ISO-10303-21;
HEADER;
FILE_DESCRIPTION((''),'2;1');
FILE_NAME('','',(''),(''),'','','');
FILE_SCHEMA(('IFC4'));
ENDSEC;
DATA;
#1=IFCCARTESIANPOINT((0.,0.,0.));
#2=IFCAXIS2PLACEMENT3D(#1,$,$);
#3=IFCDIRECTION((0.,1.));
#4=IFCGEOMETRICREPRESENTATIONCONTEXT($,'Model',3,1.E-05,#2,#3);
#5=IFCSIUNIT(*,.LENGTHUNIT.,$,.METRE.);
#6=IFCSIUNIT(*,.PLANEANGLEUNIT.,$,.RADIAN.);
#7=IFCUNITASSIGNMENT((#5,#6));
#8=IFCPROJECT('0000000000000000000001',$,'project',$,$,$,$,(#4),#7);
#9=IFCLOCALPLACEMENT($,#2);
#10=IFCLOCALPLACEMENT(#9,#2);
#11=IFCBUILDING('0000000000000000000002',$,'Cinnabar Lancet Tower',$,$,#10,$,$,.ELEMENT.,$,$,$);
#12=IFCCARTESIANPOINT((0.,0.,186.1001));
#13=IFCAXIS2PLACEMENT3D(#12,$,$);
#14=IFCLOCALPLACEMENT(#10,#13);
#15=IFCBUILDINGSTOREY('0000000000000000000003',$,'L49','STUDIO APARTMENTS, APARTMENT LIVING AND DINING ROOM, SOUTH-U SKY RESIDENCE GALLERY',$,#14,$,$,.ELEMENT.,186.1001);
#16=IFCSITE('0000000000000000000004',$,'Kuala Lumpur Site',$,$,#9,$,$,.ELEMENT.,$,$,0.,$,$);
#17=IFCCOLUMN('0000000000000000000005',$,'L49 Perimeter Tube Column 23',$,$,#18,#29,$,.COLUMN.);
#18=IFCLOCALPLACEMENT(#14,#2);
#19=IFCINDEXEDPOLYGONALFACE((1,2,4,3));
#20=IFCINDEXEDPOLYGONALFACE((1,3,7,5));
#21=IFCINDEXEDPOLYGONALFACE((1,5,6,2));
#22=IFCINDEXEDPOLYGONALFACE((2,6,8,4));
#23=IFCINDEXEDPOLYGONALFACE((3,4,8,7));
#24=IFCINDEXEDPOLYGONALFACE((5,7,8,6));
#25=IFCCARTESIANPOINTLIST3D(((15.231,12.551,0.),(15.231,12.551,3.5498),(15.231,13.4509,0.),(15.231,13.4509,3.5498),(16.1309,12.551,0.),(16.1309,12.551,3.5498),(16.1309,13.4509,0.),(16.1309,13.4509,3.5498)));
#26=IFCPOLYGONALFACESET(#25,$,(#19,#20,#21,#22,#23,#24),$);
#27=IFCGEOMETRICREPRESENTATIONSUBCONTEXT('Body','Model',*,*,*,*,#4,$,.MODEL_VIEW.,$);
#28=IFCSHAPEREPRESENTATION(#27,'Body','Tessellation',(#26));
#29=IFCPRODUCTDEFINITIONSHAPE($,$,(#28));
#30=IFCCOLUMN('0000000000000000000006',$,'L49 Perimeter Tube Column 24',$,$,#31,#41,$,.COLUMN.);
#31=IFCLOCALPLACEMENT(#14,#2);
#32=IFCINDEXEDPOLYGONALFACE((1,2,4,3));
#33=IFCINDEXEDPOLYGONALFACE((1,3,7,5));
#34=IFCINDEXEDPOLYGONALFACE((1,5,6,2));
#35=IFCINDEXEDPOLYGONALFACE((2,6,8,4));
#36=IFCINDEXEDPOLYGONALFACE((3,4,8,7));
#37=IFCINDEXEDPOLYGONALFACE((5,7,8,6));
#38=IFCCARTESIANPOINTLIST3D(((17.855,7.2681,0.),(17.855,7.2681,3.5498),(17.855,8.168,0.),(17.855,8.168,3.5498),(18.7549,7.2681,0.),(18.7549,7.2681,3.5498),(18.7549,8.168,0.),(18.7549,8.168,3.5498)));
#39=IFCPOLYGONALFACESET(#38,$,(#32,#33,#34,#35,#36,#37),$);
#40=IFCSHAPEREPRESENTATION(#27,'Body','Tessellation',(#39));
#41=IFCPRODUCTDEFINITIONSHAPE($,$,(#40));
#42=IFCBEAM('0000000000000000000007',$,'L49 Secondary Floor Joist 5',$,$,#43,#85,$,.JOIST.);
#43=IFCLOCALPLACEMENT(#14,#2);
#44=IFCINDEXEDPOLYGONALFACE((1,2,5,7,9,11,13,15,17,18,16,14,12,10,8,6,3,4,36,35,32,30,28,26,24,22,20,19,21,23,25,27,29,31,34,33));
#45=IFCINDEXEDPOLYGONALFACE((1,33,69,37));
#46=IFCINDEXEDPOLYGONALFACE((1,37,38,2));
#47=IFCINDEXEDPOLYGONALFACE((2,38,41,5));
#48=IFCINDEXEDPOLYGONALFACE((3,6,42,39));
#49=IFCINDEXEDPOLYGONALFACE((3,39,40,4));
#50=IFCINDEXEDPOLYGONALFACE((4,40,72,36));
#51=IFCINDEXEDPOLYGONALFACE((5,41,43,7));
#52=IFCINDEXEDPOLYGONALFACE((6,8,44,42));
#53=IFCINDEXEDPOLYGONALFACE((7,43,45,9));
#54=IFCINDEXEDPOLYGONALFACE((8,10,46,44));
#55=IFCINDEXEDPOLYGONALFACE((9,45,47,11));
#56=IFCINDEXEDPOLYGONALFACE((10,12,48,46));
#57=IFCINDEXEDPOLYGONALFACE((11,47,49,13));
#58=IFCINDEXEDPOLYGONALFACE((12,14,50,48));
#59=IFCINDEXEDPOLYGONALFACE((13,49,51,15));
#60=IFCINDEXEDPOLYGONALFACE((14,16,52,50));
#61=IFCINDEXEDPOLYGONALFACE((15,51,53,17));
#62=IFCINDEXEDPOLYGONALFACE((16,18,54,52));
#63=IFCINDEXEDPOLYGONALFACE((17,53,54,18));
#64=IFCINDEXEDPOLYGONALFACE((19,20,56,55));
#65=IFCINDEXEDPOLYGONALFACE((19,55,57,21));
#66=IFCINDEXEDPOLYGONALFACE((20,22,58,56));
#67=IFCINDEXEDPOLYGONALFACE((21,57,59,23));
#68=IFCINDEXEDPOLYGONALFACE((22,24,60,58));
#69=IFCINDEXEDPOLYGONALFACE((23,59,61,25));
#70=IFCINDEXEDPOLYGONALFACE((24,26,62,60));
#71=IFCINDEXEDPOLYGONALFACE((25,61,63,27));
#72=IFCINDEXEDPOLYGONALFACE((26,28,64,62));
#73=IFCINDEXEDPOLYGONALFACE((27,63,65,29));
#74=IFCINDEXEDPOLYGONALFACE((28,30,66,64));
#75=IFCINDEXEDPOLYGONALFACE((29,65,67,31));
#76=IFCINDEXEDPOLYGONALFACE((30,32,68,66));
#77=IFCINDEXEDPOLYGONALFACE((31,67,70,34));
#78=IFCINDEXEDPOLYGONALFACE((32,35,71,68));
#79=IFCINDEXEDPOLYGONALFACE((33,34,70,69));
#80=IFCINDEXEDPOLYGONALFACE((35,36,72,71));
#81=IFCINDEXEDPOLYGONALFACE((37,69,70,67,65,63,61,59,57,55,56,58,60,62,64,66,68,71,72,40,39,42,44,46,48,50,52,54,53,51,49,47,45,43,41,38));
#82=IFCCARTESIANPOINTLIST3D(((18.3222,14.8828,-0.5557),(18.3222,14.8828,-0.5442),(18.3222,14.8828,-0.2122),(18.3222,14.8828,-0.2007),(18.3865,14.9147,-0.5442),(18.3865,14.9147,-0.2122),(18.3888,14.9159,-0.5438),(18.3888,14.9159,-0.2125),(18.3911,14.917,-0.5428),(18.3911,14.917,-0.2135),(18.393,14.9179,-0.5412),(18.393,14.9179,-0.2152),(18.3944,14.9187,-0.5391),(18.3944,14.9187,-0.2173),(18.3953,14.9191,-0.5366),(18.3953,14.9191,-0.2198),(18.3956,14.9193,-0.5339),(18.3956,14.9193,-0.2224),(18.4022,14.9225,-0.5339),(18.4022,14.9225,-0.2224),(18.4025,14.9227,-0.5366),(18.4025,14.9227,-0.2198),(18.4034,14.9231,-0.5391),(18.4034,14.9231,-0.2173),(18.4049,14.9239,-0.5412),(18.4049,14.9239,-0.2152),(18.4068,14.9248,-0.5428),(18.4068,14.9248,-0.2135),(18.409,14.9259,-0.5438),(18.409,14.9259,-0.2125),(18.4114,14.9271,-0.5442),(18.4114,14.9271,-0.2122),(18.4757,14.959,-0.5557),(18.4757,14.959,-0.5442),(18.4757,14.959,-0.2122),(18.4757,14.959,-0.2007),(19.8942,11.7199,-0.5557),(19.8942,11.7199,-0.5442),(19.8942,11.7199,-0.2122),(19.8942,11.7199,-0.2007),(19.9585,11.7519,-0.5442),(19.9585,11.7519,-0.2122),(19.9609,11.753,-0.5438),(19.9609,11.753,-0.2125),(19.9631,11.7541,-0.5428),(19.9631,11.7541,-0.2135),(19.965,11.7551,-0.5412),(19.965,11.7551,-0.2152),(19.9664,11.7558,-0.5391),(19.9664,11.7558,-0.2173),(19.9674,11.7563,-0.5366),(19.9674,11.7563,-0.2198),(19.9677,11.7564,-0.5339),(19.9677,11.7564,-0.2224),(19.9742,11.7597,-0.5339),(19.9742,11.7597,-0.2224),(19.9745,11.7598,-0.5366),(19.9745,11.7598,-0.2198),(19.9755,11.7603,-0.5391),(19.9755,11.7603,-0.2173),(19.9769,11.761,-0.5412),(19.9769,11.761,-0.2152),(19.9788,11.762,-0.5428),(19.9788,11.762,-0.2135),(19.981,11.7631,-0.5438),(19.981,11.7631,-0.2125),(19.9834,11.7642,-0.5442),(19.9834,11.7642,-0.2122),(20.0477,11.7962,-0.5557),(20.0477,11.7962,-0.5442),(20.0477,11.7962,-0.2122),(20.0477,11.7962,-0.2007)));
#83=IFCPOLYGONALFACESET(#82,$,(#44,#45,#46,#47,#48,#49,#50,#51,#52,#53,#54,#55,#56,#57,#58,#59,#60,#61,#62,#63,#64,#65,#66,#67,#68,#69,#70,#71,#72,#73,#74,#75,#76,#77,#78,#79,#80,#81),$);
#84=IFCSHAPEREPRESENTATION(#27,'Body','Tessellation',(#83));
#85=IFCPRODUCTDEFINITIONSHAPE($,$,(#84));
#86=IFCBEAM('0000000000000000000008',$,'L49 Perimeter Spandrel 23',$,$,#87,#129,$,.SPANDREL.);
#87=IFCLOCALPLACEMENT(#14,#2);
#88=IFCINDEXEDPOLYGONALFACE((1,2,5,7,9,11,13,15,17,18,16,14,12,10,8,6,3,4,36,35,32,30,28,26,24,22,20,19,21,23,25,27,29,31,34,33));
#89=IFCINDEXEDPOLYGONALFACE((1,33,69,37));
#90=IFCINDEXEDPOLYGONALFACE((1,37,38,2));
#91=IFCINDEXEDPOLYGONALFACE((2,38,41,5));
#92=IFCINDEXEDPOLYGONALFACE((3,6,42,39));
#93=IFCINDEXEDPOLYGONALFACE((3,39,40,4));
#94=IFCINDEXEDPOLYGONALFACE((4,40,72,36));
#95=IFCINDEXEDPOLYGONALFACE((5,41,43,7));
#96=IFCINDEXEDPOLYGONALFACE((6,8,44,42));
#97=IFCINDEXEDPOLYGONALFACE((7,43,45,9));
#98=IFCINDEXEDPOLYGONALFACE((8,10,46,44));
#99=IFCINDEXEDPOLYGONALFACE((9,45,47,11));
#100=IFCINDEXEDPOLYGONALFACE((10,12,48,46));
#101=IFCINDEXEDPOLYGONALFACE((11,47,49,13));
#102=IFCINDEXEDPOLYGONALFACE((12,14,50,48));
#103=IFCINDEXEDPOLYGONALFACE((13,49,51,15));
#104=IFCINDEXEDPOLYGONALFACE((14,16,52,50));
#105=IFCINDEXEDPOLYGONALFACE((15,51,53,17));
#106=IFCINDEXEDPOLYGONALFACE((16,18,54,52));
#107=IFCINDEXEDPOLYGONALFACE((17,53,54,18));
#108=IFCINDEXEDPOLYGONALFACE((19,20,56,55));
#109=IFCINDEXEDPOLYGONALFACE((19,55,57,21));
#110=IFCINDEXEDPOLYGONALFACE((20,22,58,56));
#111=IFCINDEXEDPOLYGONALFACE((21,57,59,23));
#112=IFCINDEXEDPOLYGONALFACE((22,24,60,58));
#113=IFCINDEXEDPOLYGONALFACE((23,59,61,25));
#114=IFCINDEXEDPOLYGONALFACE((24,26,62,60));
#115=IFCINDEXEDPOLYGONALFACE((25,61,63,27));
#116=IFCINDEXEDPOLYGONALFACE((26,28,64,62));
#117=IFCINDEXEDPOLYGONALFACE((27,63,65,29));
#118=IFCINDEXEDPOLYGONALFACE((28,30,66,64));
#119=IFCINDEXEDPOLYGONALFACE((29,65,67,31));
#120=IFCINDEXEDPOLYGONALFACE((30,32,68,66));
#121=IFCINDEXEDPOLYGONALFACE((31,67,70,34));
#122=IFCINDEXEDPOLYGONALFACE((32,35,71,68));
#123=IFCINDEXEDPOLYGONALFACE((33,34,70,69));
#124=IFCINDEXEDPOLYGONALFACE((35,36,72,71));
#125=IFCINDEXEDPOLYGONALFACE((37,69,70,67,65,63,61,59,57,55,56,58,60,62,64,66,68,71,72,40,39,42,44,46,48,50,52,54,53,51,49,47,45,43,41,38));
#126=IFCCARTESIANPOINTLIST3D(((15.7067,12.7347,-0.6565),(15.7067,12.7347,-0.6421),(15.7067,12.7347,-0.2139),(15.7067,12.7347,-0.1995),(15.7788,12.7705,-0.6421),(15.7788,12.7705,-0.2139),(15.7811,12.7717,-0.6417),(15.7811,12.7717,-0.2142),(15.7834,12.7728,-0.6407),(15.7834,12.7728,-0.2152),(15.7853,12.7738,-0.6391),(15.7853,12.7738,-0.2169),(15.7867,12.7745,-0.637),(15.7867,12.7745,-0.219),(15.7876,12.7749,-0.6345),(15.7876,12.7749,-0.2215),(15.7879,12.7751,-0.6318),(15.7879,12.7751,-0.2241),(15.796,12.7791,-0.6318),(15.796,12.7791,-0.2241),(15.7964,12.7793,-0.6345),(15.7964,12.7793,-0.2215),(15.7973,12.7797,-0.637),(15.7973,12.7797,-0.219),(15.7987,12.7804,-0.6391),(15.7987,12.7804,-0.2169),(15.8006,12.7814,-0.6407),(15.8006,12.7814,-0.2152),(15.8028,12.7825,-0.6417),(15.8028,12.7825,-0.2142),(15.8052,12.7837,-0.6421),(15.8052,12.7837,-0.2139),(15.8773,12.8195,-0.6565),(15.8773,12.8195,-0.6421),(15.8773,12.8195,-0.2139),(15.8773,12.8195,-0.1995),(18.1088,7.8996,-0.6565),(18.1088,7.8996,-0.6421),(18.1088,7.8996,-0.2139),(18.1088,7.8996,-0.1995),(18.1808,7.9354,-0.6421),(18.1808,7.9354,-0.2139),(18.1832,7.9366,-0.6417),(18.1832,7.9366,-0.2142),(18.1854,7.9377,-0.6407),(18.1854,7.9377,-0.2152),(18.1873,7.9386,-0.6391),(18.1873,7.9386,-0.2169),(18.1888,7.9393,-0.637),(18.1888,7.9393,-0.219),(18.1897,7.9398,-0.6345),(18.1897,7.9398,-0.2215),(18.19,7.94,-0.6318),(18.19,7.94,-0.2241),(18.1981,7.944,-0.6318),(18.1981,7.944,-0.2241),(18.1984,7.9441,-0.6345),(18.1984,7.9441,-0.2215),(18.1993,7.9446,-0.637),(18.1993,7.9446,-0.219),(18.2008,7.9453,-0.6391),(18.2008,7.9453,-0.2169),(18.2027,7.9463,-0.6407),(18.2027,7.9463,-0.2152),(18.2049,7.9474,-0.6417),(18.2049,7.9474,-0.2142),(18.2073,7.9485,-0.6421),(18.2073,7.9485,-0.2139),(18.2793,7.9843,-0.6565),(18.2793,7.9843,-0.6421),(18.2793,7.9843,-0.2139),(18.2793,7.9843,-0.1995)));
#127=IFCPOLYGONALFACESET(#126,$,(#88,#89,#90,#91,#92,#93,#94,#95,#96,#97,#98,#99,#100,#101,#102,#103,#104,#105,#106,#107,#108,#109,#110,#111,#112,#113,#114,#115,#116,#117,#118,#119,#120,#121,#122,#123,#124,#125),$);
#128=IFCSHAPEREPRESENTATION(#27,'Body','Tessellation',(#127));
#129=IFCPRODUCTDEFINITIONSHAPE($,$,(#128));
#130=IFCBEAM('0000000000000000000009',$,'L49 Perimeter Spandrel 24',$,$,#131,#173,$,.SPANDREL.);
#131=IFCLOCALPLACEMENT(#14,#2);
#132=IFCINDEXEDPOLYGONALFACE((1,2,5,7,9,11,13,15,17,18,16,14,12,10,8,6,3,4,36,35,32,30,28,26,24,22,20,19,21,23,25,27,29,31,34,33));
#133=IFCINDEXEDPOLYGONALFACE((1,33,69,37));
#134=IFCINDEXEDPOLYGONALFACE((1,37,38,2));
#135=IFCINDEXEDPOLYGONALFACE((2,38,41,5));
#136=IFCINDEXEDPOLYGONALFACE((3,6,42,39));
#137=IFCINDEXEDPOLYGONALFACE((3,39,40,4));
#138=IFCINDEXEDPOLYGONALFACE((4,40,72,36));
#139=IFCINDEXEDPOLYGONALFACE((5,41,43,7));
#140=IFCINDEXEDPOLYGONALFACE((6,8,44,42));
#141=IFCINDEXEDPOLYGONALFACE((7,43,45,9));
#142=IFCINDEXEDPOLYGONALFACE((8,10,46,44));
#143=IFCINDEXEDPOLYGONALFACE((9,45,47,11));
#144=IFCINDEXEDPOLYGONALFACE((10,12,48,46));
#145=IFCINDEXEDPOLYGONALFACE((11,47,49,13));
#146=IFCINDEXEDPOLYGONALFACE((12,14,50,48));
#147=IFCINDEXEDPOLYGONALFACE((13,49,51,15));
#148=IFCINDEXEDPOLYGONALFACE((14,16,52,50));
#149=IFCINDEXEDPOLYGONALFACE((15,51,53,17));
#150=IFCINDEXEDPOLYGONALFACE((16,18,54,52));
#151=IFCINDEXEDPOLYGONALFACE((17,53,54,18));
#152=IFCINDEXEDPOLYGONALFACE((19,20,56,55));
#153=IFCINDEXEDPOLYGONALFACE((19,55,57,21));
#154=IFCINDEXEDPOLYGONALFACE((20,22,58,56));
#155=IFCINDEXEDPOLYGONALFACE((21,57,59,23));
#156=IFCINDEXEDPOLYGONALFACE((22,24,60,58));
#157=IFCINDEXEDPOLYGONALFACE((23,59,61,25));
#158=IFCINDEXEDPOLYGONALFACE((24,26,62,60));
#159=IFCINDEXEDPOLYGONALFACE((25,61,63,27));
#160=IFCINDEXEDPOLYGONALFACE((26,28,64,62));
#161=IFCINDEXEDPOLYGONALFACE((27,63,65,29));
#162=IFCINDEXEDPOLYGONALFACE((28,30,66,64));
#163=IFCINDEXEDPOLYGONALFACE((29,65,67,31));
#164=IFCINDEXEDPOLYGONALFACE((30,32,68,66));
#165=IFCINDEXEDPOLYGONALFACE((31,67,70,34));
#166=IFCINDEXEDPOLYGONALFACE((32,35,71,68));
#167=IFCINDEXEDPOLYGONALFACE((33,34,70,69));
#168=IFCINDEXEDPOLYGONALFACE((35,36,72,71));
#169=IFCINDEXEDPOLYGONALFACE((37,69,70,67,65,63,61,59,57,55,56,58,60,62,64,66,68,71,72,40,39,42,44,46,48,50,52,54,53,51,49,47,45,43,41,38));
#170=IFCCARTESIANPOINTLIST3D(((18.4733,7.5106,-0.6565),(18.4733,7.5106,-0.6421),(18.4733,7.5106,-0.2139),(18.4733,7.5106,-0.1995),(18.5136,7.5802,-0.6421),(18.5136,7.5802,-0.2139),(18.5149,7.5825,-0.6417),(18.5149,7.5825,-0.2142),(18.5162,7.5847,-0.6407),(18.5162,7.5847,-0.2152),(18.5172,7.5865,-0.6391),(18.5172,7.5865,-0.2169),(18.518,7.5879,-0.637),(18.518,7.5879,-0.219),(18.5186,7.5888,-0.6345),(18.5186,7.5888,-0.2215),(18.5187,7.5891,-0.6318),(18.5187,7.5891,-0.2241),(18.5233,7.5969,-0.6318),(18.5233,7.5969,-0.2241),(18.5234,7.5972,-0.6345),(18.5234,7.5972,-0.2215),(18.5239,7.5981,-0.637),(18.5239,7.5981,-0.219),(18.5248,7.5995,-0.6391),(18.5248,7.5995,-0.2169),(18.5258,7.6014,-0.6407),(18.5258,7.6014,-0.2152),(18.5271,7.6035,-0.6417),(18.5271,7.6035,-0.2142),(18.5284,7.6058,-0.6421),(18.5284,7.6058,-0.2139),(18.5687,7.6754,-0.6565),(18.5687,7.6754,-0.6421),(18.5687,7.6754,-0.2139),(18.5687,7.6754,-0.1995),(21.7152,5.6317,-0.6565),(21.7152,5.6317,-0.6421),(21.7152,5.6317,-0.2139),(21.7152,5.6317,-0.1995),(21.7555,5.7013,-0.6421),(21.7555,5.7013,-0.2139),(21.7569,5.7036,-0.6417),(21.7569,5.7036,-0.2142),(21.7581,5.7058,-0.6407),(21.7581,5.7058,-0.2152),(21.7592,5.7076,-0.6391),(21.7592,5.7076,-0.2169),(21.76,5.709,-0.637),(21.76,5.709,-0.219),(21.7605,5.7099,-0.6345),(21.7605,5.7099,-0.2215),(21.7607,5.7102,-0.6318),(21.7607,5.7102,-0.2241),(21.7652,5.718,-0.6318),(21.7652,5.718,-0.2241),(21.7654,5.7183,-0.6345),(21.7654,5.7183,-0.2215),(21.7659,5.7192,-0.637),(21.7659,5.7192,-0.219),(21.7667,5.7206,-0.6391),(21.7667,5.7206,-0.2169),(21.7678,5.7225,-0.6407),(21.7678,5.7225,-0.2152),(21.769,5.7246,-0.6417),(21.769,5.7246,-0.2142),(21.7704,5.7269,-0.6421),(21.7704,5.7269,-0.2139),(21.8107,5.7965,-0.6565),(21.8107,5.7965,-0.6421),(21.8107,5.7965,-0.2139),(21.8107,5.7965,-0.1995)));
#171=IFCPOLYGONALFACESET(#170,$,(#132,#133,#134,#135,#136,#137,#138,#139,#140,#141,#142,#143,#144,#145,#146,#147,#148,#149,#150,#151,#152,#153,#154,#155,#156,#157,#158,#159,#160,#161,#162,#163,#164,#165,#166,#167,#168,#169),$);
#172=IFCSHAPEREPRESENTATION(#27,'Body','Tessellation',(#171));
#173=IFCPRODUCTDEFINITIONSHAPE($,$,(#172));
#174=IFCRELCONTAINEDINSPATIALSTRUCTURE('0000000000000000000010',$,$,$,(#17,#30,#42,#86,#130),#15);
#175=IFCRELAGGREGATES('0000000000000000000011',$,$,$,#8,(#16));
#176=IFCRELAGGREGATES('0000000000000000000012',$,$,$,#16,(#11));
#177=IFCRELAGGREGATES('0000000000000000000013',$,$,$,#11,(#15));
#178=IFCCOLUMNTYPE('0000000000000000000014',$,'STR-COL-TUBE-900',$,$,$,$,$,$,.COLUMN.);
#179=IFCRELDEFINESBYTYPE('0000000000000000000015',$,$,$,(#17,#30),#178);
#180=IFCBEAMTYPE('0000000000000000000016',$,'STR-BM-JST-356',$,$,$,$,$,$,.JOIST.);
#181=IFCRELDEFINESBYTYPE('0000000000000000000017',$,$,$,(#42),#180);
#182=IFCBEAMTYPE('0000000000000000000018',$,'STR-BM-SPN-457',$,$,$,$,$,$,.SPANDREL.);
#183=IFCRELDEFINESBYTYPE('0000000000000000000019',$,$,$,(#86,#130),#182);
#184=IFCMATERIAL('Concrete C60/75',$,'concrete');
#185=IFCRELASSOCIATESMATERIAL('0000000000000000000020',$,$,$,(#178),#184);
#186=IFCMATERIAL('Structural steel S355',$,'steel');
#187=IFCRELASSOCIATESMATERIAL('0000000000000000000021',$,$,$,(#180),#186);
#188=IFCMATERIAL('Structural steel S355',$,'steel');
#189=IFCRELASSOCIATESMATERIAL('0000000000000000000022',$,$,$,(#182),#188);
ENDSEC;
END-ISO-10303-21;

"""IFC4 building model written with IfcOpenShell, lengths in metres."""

from ifc_helpers import new_model, si_unit, direction, frame, origin, origin_2d, place, context, subcontext, project, spatial, rectangle, i_section, extrude, material, material_profile, profile_set, type_object, element, save


model = new_model("IFC4")

# Units and contexts
model_context = context("Model", 3, precision=1e-05, world=origin(), true_north=direction((0.0, 1.0)))
body_context = subcontext(model_context, "Body", "Model", "MODEL_VIEW")
ifc_project = project(units=[si_unit("LENGTHUNIT", "METRE"), si_unit("PLANEANGLEUNIT", "RADIAN")], contexts=[model_context])

# Site, building, storey
site_placement = place(None, origin())
site = spatial("IfcSite", under=ifc_project, at=site_placement, Name="Kuala Lumpur Site", CompositionType="ELEMENT", RefElevation=0.0)
building_placement = place(site_placement, origin())
building = spatial("IfcBuilding", under=site, at=building_placement, Name="Cinnabar Lancet Tower", CompositionType="ELEMENT")
storey_placement = place(building_placement, frame((0.0, 0.0, 186.1001)))
storey = spatial("IfcBuildingStorey", under=building, at=storey_placement, Name="L49", Description="STUDIO APARTMENTS, APARTMENT LIVING AND DINING ROOM, SOUTH-U SKY RESIDENCE GALLERY", CompositionType="ELEMENT", Elevation=186.1001)

# Columns
ifc_material_1 = material(Name="Concrete C60/75", Category="concrete")
ifc_material_profile_1 = material_profile(ifc_material_1, rectangle(XDim=0.8999, YDim=0.8999, at=origin_2d()), Name="RC-COL 900x900")
ifc_profile_set_1 = profile_set([ifc_material_profile_1], Name="Concrete C60/75")
column_type = type_object("IfcColumnType", Name="STR-COL-TUBE-900", PredefinedType="COLUMN", material=ifc_profile_set_1)
for number, where, z_axis, x_axis, name in (
    (1, (15.6809, 13.001, 0.0), (0.0, 0.0, 1.0), (1.0, 0.0, 0.0), "L49 Perimeter Tube Column 23"),
    (2, (18.3049, 7.718, 0.0), (0.0, 0.0, 1.0), (1.0, 0.0, 0.0), "L49 Perimeter Tube Column 24"),
):
    element("IfcColumn", number, at=place(storey_placement, frame(where, z_axis=z_axis, x_axis=x_axis)), inside=storey, type_object=column_type, Name=name, PredefinedType="COLUMN", context=body_context, shape_type="SweptSolid", body=[
        extrude(rectangle(XDim=0.8999, YDim=0.8999, at=origin_2d()), origin(), (0.0, 0.0, 1.0), 3.5498),
    ])

# Beams
ifc_material_2 = material(Name="Structural steel S355", Category="steel")
ifc_material_profile_2 = material_profile(ifc_material_2, i_section(OverallWidth=0.1714, OverallDepth=0.355, WebThickness=0.0073, FlangeThickness=0.0115, FilletRadius=0.0103, at=origin_2d()), Name="UKB 356x171x51")
ifc_profile_set_2 = profile_set([ifc_material_profile_2], Name="Structural steel S355")
beam_type_1 = type_object("IfcBeamType", Name="STR-BM-JST-356", PredefinedType="JOIST", material=ifc_profile_set_2)
beam_1_placement = place(storey_placement, frame((18.3989, 14.9209, -0.3782), z_axis=(0.445083, -0.895489, 0.0), x_axis=(0.895489, 0.445083, 0.0)))
element("IfcBeam", 3, at=beam_1_placement, inside=storey, type_object=beam_type_1, Name="L49 Secondary Floor Joist 5", PredefinedType="JOIST", context=body_context, shape_type="SweptSolid", body=[
    extrude(i_section(OverallWidth=0.1714, OverallDepth=0.355, WebThickness=0.0073, FlangeThickness=0.0115, FilletRadius=0.0103, at=origin_2d()), origin(), (0.0, 0.0, 1.0), 3.532),
])
ifc_material_3 = material(Name="Structural steel S355", Category="steel")
ifc_material_profile_3 = material_profile(ifc_material_3, i_section(OverallWidth=0.1904, OverallDepth=0.457, WebThickness=0.009, FlangeThickness=0.0144, FilletRadius=0.0103, at=origin_2d()), Name="UKB 457x191x74")
ifc_profile_set_3 = profile_set([ifc_material_profile_3], Name="Structural steel S355")
beam_type_2 = type_object("IfcBeamType", Name="STR-BM-SPN-457", PredefinedType="SPANDREL", material=ifc_profile_set_3)
beam_2_placement = place(storey_placement, frame((15.792, 12.7771, -0.428), z_axis=(0.444915, -0.895573, 0.0), x_axis=(0.895573, 0.444915, 0.0)))
element("IfcBeam", 4, at=beam_2_placement, inside=storey, type_object=beam_type_2, Name="L49 Perimeter Spandrel 23", PredefinedType="SPANDREL", context=body_context, shape_type="SweptSolid", body=[
    extrude(i_section(OverallWidth=0.1904, OverallDepth=0.457, WebThickness=0.009, FlangeThickness=0.0144, FilletRadius=0.0103, at=origin_2d()), origin(), (0.0, 0.0, 1.0), 5.3989),
])
beam_3_placement = place(storey_placement, frame((18.521, 7.593, -0.428), z_axis=(0.865196, -0.501434, 0.0), x_axis=(0.501434, 0.865196, 0.0)))
element("IfcBeam", 5, at=beam_3_placement, inside=storey, type_object=beam_type_2, Name="L49 Perimeter Spandrel 24", PredefinedType="SPANDREL", context=body_context, shape_type="SweptSolid", body=[
    extrude(i_section(OverallWidth=0.1904, OverallDepth=0.457, WebThickness=0.009, FlangeThickness=0.0144, FilletRadius=0.0103, at=origin_2d()), origin(), (0.0, 0.0, 1.0), 3.7471),
])

save(model, "model.ifc")
